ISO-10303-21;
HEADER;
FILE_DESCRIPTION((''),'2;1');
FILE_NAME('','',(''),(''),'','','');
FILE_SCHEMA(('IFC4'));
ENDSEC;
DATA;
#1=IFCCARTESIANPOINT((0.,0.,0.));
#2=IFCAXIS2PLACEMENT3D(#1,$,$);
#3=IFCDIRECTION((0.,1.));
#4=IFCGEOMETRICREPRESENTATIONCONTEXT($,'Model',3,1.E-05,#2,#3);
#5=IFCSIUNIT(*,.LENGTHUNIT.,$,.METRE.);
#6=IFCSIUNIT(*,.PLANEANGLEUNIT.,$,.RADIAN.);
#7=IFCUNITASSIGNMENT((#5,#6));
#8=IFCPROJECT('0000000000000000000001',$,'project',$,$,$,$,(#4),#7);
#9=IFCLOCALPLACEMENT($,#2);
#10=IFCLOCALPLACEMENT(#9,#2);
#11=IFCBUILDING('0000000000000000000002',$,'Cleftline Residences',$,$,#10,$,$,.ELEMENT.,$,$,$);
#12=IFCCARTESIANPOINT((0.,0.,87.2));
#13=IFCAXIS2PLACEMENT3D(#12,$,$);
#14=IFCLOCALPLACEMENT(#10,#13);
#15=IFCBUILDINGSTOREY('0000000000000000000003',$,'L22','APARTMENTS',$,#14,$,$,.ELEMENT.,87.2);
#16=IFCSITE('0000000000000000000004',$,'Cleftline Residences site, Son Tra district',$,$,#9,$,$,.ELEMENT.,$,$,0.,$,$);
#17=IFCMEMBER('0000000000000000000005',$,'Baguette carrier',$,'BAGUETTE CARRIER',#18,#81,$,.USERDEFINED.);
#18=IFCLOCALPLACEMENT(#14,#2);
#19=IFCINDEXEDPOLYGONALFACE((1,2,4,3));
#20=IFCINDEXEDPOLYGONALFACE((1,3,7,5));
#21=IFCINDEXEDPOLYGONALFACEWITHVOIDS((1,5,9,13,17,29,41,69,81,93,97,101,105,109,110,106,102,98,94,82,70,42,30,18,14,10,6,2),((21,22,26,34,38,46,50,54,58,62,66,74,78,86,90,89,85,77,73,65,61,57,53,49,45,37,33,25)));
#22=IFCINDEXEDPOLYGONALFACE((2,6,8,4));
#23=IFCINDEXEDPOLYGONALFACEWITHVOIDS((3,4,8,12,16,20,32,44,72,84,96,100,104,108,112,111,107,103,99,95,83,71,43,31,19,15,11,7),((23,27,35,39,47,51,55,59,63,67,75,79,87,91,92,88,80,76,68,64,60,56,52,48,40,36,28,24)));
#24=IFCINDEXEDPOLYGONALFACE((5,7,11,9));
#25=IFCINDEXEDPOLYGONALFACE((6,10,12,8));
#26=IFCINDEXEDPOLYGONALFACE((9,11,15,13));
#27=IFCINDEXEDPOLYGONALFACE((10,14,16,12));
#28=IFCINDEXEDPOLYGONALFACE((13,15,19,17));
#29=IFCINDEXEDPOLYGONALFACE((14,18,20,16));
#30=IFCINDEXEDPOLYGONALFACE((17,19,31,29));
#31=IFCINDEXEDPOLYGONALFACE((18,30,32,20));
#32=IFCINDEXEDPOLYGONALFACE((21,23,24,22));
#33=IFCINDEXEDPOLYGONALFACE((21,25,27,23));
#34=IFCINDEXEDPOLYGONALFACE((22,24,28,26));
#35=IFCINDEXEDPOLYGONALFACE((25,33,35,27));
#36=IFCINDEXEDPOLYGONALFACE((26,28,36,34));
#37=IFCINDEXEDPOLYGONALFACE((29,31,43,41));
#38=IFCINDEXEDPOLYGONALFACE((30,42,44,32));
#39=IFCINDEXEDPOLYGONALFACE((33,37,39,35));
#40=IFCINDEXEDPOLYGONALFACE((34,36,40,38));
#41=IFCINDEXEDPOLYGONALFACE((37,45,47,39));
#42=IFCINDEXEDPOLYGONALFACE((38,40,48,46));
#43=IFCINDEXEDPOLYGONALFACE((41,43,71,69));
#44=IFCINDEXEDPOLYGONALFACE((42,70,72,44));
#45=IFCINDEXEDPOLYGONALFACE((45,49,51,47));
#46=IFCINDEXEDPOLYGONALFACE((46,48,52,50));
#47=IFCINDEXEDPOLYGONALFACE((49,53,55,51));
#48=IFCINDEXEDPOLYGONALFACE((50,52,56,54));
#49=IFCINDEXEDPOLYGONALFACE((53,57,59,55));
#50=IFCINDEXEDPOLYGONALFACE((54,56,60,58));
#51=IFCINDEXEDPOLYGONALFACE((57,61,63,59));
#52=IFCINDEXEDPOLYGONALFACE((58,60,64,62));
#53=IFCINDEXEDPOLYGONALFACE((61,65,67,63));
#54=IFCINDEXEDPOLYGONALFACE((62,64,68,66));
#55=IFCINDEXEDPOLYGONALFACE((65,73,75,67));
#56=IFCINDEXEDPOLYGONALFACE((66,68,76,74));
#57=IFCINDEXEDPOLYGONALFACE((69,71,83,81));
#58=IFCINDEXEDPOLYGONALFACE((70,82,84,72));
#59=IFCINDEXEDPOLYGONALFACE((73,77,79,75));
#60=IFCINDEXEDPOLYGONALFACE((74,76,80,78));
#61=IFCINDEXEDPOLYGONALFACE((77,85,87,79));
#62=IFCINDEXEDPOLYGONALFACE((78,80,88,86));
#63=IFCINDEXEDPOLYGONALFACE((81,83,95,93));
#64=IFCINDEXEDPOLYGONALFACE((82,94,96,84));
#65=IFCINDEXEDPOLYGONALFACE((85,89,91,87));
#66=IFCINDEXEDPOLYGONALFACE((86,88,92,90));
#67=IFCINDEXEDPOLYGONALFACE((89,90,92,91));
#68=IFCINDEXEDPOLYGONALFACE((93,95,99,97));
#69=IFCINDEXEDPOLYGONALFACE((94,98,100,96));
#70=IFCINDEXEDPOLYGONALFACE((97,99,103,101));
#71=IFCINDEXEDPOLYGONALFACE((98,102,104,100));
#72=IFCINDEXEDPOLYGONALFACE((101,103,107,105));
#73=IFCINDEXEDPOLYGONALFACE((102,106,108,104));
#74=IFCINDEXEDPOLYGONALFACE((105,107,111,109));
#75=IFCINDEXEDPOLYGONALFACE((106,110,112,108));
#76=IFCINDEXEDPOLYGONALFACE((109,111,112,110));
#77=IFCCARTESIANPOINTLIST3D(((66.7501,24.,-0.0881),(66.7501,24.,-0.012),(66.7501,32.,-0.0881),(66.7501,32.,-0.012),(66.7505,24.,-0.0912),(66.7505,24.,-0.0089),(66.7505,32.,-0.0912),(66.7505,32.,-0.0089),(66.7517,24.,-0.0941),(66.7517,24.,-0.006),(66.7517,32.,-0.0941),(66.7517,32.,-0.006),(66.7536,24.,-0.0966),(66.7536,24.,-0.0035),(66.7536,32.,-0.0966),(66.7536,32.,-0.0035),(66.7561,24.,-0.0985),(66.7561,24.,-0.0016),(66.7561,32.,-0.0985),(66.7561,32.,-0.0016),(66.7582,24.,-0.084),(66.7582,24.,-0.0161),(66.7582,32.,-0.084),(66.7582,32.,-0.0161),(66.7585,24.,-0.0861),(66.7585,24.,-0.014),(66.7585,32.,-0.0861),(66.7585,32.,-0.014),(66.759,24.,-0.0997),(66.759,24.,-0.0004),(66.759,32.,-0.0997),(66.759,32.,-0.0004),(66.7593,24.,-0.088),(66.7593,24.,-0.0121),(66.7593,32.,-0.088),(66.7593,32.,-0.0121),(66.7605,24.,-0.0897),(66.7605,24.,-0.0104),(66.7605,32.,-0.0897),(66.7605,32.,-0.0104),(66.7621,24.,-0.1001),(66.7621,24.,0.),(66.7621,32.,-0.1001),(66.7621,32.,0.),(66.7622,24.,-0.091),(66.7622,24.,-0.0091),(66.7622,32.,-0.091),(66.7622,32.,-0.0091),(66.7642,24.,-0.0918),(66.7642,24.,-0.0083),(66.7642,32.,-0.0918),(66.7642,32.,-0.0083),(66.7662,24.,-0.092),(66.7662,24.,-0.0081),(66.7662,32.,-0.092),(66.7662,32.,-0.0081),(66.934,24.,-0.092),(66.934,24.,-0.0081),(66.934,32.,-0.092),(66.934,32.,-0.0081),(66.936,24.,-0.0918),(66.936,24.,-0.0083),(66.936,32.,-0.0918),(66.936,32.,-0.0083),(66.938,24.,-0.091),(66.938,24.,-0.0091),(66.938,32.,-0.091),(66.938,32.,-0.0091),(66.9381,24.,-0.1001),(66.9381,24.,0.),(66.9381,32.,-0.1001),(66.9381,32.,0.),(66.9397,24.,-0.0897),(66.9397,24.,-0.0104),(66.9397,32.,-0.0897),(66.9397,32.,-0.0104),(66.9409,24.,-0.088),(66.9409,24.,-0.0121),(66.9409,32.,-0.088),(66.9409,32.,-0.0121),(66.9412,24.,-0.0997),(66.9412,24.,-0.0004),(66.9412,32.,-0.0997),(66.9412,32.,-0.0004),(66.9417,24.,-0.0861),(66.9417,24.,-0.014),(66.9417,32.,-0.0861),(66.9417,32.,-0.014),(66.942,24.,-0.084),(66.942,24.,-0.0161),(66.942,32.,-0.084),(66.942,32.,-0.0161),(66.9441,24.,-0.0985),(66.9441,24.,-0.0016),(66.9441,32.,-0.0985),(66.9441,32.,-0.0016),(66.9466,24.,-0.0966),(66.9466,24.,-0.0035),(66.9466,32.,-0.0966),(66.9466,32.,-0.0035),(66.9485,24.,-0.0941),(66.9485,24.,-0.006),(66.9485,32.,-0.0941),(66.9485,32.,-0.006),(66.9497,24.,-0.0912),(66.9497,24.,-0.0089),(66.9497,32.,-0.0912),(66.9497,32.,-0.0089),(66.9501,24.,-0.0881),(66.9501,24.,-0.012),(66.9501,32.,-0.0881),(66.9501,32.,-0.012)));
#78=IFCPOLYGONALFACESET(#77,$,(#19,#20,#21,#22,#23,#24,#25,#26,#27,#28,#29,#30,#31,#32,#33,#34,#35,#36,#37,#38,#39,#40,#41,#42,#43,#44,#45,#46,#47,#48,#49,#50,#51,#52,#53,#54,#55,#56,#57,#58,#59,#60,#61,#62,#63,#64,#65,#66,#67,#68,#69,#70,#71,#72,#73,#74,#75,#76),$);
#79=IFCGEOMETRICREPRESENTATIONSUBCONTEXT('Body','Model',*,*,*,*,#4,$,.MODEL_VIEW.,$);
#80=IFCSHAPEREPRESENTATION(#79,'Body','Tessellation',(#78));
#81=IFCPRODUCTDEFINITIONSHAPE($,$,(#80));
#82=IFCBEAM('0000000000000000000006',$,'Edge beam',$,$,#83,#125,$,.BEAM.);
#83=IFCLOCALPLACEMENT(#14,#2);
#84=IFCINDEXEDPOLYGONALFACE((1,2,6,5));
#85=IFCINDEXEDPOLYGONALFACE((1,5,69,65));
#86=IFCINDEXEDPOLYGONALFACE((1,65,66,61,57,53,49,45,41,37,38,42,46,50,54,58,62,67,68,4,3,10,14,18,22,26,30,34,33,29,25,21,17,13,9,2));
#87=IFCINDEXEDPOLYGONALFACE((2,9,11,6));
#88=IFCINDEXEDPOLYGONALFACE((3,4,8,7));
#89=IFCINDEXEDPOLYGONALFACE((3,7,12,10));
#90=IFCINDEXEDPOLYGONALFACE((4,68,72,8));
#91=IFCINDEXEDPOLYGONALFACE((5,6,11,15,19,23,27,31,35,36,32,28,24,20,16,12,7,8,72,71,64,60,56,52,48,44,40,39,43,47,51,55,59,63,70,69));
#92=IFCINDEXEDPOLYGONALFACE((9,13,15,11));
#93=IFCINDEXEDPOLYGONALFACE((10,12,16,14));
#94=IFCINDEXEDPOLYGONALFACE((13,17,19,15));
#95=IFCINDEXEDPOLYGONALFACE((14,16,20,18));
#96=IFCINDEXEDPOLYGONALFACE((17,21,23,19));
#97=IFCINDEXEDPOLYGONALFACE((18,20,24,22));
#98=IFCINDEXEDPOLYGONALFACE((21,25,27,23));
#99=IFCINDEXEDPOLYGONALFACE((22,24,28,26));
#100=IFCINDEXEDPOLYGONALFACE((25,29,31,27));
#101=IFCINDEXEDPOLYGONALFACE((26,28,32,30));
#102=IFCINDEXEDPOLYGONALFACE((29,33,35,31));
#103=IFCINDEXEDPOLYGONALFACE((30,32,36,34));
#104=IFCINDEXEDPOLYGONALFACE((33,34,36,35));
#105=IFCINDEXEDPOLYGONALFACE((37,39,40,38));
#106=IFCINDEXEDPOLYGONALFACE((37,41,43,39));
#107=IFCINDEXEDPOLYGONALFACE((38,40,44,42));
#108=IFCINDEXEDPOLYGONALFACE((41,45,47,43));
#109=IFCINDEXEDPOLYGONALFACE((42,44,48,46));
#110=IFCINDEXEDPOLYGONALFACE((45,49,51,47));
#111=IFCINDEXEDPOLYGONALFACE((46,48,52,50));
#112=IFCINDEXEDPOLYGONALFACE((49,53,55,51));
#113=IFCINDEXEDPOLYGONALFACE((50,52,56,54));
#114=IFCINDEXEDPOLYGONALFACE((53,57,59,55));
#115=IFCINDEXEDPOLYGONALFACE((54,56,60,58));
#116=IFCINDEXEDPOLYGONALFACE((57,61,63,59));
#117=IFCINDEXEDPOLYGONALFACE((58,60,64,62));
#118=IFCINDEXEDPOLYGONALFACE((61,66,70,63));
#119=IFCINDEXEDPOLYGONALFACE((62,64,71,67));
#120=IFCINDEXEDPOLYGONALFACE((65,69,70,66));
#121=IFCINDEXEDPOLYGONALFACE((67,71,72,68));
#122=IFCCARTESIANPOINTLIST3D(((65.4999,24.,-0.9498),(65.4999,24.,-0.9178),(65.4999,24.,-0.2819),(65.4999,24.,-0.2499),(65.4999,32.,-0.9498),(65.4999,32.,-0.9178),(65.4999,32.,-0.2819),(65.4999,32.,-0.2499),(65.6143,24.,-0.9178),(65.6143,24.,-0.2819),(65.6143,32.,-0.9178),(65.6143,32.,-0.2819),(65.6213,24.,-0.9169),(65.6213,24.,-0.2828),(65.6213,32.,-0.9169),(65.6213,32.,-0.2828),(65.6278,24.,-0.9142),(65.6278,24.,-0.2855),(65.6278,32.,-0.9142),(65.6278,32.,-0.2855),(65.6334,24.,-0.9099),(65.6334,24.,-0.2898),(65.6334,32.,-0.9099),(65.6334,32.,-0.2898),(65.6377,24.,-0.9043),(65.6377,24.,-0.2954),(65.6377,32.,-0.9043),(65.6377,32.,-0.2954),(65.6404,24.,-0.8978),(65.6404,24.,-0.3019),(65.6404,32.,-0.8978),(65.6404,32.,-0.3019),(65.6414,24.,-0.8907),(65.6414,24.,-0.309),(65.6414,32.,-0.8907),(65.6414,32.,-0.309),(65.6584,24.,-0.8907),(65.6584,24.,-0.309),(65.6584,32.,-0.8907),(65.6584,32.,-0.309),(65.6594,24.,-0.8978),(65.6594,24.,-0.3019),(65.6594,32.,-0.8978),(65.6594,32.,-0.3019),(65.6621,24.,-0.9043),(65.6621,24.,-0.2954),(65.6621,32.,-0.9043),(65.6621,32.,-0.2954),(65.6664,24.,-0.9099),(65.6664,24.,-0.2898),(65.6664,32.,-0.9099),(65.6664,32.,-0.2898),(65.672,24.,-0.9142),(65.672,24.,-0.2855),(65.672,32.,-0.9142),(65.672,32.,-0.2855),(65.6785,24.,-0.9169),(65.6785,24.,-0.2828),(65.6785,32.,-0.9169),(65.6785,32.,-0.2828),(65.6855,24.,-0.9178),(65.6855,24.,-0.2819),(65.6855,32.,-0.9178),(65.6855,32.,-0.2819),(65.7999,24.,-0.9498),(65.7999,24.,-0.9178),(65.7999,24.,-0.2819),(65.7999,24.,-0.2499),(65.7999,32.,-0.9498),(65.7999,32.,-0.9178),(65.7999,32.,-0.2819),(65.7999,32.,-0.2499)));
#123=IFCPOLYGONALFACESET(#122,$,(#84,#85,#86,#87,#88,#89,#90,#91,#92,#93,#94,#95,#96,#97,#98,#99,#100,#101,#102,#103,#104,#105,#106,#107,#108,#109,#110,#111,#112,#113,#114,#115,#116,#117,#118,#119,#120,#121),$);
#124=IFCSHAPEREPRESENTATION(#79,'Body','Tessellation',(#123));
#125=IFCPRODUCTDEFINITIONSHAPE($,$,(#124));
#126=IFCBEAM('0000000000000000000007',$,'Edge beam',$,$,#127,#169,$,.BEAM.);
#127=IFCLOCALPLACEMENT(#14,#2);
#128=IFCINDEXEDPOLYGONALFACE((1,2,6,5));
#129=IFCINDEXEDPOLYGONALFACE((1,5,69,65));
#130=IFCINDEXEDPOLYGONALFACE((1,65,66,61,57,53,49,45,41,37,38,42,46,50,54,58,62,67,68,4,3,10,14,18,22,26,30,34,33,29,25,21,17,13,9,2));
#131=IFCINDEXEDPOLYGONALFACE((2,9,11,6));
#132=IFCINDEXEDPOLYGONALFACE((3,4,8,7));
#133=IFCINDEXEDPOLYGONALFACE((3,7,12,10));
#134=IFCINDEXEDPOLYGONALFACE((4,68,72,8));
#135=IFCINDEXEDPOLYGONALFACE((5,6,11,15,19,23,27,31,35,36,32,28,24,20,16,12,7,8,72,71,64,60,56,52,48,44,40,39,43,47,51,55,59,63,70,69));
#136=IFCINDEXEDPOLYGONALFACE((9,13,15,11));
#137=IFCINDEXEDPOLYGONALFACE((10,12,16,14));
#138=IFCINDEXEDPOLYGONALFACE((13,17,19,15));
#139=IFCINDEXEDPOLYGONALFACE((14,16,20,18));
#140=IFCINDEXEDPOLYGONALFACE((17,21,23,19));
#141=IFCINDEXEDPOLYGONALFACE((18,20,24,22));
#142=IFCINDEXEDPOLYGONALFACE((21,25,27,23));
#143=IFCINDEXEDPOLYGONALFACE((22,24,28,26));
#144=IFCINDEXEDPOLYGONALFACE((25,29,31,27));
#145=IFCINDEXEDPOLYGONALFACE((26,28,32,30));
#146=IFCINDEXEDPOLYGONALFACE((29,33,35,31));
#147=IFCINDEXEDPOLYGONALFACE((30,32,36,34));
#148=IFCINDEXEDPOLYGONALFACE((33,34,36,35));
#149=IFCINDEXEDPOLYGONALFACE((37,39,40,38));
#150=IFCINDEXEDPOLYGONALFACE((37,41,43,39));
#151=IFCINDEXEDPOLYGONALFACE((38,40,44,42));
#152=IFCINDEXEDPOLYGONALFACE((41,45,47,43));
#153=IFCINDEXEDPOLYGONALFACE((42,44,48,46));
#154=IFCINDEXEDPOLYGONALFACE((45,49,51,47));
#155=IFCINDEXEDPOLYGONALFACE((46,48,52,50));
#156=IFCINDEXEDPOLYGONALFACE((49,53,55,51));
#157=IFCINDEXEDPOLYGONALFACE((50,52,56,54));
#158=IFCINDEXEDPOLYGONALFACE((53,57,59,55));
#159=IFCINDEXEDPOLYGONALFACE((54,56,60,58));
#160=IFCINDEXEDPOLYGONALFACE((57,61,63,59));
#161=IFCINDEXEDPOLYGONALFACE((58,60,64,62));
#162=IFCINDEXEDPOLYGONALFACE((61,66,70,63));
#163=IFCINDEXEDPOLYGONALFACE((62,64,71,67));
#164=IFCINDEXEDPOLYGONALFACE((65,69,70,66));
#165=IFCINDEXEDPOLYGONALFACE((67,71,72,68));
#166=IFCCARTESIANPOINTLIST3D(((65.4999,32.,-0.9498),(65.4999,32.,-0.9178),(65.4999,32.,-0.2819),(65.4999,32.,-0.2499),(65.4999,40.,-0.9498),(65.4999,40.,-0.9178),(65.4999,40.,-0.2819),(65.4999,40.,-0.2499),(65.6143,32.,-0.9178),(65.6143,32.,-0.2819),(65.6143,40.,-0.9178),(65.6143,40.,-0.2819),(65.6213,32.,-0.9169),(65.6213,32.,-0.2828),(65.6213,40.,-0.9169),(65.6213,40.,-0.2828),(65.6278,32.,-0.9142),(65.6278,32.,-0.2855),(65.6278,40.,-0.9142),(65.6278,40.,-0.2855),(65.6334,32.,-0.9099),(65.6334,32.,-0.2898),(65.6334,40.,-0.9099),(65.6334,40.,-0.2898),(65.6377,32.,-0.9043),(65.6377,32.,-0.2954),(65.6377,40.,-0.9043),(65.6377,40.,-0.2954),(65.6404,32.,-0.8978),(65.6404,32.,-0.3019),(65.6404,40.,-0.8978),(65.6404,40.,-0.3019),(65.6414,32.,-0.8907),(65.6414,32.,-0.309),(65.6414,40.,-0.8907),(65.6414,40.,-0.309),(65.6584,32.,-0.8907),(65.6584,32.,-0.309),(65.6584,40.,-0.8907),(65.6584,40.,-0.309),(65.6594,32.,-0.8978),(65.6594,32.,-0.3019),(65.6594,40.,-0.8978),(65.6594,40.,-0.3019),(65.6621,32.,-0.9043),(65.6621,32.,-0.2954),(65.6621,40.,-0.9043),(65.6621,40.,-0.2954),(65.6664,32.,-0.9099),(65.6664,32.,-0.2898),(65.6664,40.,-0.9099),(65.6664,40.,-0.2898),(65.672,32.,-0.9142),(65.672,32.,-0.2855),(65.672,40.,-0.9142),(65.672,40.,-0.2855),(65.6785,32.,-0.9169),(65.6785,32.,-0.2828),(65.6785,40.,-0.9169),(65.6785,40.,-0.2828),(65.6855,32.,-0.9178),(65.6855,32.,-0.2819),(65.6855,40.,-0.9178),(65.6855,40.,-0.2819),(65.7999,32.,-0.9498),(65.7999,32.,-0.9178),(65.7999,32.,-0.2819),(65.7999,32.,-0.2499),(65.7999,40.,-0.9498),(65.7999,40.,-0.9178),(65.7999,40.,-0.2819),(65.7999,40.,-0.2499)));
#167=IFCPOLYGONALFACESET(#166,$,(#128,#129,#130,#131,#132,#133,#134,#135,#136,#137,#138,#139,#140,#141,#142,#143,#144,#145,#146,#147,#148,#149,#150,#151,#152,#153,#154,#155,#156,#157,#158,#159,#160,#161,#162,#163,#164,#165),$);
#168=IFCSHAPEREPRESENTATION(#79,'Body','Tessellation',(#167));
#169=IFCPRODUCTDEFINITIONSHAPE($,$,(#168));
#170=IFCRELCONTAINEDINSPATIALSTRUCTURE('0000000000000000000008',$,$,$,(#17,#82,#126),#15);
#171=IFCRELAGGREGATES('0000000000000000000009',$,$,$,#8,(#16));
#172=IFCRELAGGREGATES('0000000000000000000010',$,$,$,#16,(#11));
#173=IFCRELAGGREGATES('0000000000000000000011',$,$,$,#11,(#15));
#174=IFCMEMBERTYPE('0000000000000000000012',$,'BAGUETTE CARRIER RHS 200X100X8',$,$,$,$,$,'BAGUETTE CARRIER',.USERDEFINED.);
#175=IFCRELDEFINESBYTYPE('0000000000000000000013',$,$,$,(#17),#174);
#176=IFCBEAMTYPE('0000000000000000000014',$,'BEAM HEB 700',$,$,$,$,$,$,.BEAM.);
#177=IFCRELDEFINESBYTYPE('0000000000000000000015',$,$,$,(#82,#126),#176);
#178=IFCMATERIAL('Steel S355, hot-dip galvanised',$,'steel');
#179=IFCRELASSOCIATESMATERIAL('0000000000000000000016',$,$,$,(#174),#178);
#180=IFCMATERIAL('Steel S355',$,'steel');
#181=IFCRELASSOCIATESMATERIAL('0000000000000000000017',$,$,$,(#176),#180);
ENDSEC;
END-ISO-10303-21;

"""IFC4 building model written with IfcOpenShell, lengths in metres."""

from ifc_helpers import new_model, si_unit, direction, frame, origin, origin_2d, place, context, subcontext, project, spatial, hollow_rectangle, i_section, extrude, material, material_profile, profile_set, type_object, element, save


model = new_model("IFC4")

# Units and contexts
model_context = context("Model", 3, precision=1e-05, world=origin(), true_north=direction((0.0, 1.0)))
body_context = subcontext(model_context, "Body", "Model", "MODEL_VIEW")
ifc_project = project(units=[si_unit("LENGTHUNIT", "METRE"), si_unit("PLANEANGLEUNIT", "RADIAN")], contexts=[model_context])

# Site, building, storey
site_placement = place(None, origin())
site = spatial("IfcSite", under=ifc_project, at=site_placement, Name="Cleftline Residences site, Son Tra district", CompositionType="ELEMENT", RefElevation=0.0)
building_placement = place(site_placement, origin())
building = spatial("IfcBuilding", under=site, at=building_placement, Name="Cleftline Residences", CompositionType="ELEMENT")
storey_placement = place(building_placement, frame((0.0, 0.0, 87.2)))
storey = spatial("IfcBuildingStorey", under=building, at=storey_placement, Name="L22", Description="APARTMENTS", CompositionType="ELEMENT", Elevation=87.2)

# Member
ifc_material_1 = material(Name="Steel S355, hot-dip galvanised", Category="steel")
ifc_material_profile_1 = material_profile(ifc_material_1, hollow_rectangle(XDim=0.1001, YDim=0.2, WallThickness=0.0081, InnerFilletRadius=0.0081, OuterFilletRadius=0.012, at=origin_2d()))
ifc_profile_set_1 = profile_set([ifc_material_profile_1], Name="Steel S355, hot-dip galvanised")
member_type_1 = type_object("IfcMemberType", Name="BAGUETTE CARRIER RHS 200X100X8", ElementType="BAGUETTE CARRIER", PredefinedType="USERDEFINED", material=ifc_profile_set_1)
member_placement = place(storey_placement, frame((66.8501, 24.0, -0.05), z_axis=(0.0, 1.0, 0.0), x_axis=(0.0, 0.0, 1.0)))
element("IfcMember", 1, at=member_placement, inside=storey, type_object=member_type_1, Name="Baguette carrier", ObjectType="BAGUETTE CARRIER", PredefinedType="USERDEFINED", context=body_context, shape_type="SweptSolid", body=[
    extrude(hollow_rectangle(XDim=0.1001, YDim=0.2, WallThickness=0.0081, InnerFilletRadius=0.0081, OuterFilletRadius=0.012, at=origin_2d()), origin(), (0.0, 0.0, 1.0), 8.0),
])

# Beams
ifc_material_2 = material(Name="Steel S355", Category="steel")
ifc_material_profile_2 = material_profile(ifc_material_2, i_section(OverallWidth=0.3, OverallDepth=0.7, WebThickness=0.0171, FlangeThickness=0.032, FilletRadius=0.0271, at=origin_2d()))
ifc_profile_set_2 = profile_set([ifc_material_profile_2], Name="Steel S355")
beam_type_1 = type_object("IfcBeamType", Name="BEAM HEB 700", PredefinedType="BEAM", material=ifc_profile_set_2)
for number, where, z_axis, x_axis, name in (
    (2, (65.6499, 24.0, -0.5999), (0.0, 1.0, 0.0), (-1.0, 0.0, 0.0), "Edge beam"),
    (3, (65.6499, 32.0, -0.5999), (0.0, 1.0, 0.0), (-1.0, 0.0, 0.0), "Edge beam"),
):
    element("IfcBeam", number, at=place(storey_placement, frame(where, z_axis=z_axis, x_axis=x_axis)), inside=storey, type_object=beam_type_1, Name=name, PredefinedType="BEAM", context=body_context, shape_type="SweptSolid", body=[
        extrude(i_section(OverallWidth=0.3, OverallDepth=0.7, WebThickness=0.0171, FlangeThickness=0.032, FilletRadius=0.0271, at=origin_2d()), origin(), (0.0, 0.0, 1.0), 8.0),
    ])

save(model, "model.ifc")
